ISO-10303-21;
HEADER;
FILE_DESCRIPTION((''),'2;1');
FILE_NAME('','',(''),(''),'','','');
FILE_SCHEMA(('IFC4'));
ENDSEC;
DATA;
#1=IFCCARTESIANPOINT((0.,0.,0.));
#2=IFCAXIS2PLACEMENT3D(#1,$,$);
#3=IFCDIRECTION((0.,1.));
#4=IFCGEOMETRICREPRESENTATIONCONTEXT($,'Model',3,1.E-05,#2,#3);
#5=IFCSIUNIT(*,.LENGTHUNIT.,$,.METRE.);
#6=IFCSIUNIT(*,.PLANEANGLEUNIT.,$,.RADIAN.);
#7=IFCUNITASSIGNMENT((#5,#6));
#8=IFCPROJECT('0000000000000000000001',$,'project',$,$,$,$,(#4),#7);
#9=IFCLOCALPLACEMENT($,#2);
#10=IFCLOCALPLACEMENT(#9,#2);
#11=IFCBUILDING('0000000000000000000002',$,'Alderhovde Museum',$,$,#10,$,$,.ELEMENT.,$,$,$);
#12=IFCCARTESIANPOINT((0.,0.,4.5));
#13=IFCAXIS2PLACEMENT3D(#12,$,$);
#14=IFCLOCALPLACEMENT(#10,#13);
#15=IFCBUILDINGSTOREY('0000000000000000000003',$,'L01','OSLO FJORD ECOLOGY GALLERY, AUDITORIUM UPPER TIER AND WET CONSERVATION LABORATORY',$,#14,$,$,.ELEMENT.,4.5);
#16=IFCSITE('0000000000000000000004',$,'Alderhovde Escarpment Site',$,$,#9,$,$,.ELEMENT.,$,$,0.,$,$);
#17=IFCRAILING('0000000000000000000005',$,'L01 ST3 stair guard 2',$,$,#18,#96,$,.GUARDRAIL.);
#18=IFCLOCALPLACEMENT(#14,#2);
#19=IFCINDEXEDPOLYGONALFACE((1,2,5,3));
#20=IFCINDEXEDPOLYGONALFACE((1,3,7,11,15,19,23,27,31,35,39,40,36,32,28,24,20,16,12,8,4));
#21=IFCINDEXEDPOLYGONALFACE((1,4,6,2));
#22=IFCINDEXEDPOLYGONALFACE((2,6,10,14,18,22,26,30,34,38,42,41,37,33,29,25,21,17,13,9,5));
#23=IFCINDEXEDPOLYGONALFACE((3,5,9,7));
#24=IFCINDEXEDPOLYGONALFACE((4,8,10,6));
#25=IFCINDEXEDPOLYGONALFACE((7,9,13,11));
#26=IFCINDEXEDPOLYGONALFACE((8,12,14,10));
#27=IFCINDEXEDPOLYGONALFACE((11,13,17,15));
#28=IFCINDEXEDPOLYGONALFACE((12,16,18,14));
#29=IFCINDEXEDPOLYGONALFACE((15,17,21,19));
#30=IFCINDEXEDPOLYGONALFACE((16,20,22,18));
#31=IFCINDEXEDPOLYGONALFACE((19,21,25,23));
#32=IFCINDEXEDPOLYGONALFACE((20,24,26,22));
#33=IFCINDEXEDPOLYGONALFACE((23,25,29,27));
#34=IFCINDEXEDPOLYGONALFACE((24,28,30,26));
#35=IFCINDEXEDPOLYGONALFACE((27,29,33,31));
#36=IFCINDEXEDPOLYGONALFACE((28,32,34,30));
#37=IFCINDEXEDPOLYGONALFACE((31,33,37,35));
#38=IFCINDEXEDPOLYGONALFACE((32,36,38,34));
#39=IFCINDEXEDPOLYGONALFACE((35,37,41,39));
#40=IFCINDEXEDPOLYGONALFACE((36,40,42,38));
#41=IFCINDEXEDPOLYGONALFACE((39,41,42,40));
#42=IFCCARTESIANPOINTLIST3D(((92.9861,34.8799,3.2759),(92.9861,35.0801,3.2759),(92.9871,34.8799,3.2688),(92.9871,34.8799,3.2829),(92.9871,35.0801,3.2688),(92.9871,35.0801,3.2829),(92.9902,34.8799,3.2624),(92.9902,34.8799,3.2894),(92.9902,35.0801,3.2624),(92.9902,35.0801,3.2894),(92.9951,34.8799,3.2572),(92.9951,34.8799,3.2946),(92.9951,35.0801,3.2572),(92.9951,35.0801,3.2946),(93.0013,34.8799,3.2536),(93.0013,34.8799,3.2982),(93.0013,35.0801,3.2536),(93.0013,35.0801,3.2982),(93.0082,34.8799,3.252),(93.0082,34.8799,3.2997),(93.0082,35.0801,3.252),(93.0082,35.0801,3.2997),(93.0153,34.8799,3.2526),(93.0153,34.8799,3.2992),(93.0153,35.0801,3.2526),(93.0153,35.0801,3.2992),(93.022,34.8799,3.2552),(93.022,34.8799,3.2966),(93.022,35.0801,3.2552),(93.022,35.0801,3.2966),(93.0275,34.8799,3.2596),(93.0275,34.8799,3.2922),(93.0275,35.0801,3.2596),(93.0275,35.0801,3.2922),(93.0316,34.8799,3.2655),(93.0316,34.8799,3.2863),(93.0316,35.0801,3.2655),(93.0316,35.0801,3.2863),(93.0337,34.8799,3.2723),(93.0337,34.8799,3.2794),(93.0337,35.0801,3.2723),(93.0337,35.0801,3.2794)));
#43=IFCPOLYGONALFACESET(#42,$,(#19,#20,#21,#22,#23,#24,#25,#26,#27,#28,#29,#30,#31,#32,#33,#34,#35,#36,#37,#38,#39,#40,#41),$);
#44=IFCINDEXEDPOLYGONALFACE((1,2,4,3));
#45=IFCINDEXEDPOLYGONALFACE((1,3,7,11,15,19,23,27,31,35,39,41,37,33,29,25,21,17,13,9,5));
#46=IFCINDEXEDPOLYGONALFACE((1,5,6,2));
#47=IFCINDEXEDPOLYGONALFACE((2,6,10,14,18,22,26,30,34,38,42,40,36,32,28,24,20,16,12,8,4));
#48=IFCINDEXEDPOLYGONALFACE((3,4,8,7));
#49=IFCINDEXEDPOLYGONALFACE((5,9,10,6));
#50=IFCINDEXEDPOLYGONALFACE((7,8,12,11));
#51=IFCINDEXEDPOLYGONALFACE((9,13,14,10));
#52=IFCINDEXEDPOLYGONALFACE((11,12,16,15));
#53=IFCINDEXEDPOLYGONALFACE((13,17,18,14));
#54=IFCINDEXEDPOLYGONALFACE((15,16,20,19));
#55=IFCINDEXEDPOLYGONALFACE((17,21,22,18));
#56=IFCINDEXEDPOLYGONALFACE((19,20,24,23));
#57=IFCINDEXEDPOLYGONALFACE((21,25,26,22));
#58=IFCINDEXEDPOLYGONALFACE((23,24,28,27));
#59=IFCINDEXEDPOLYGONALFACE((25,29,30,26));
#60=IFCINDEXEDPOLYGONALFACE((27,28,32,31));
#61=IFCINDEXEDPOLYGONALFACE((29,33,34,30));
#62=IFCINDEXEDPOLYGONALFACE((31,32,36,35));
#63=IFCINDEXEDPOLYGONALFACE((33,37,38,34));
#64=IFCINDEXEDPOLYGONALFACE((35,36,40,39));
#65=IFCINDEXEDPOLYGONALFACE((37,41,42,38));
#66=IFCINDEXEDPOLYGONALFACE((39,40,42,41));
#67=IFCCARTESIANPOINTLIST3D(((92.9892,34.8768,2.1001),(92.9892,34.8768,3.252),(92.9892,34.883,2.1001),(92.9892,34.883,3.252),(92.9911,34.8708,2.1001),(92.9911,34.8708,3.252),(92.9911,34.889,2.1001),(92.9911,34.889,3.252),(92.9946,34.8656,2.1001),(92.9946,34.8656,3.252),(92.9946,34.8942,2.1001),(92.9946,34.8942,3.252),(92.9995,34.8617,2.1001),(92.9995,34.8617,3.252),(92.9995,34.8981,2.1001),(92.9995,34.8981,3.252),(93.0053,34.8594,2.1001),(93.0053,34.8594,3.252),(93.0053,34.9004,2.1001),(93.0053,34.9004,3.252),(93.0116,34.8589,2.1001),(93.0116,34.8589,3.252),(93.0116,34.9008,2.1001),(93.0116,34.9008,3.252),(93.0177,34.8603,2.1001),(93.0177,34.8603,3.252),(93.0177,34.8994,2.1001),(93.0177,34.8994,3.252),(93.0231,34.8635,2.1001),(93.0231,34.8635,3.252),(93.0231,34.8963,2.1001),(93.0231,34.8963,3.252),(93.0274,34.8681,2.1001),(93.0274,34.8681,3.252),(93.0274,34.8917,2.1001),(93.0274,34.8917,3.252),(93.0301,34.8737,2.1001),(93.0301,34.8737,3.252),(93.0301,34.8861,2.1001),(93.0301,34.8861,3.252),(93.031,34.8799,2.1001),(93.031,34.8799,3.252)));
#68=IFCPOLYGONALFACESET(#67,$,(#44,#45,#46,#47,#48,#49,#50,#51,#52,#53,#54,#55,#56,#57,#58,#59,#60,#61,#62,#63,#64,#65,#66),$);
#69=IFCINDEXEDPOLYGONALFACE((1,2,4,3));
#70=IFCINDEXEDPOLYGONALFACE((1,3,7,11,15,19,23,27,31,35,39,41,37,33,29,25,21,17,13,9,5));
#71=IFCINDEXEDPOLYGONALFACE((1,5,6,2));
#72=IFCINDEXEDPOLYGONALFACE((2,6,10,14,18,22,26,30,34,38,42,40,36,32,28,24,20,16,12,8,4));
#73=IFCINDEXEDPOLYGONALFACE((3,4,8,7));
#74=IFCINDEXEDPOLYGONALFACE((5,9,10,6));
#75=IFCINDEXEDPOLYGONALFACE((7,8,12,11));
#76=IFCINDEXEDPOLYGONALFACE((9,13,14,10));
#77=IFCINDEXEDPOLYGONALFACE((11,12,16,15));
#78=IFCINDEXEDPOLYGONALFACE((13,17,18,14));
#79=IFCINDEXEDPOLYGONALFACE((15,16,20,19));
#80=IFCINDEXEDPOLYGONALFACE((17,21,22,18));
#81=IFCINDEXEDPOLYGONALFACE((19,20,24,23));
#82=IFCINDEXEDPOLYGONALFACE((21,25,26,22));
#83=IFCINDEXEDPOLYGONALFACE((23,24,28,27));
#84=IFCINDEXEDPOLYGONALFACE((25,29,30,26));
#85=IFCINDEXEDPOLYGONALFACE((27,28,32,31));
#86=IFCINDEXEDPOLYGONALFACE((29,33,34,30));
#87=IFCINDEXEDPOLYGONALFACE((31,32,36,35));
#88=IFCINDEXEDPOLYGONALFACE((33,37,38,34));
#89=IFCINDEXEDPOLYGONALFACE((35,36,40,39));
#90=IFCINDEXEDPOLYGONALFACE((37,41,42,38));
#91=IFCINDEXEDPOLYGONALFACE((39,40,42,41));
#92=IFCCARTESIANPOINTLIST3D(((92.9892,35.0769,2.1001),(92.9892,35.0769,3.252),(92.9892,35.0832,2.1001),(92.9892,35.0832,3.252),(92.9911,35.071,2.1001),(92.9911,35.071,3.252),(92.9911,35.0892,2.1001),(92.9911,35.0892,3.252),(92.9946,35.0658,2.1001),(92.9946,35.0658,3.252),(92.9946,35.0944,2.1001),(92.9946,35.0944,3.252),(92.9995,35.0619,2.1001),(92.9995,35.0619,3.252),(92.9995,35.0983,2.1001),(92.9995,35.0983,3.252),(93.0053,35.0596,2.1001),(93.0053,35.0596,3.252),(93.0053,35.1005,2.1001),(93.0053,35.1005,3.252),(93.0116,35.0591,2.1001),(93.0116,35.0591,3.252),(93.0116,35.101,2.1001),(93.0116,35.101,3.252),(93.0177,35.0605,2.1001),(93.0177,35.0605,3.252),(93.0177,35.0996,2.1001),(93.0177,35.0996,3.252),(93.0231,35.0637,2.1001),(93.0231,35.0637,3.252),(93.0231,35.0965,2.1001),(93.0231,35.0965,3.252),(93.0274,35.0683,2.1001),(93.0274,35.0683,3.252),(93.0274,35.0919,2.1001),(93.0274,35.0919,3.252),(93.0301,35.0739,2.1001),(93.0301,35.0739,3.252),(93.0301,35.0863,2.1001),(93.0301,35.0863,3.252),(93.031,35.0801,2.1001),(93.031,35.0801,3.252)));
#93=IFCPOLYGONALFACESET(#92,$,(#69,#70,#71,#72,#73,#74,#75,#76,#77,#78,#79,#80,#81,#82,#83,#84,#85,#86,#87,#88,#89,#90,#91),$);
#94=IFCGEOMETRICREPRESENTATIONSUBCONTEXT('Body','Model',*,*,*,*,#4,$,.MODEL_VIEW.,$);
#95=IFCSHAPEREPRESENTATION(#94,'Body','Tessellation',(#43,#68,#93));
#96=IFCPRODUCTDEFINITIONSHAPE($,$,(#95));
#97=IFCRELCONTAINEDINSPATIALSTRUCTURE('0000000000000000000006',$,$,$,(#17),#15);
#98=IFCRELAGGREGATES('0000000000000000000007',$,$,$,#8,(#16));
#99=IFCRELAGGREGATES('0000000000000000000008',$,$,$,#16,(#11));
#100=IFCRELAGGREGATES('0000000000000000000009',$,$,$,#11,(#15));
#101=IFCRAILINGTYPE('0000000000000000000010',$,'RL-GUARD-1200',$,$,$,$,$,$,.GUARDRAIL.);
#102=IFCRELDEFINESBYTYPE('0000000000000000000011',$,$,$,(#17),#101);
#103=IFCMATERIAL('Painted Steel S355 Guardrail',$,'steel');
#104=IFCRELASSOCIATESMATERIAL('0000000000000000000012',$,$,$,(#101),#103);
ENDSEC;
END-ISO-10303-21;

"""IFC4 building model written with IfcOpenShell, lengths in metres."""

from ifc_helpers import new_model, si_unit, direction, frame, origin, origin_2d, place, context, subcontext, project, spatial, circle, extrude, material, type_object, element, save


model = new_model("IFC4")

# Units and contexts
model_context = context("Model", 3, precision=1e-05, world=origin(), true_north=direction((0.0, 1.0)))
body_context = subcontext(model_context, "Body", "Model", "MODEL_VIEW")
ifc_project = project(units=[si_unit("LENGTHUNIT", "METRE"), si_unit("PLANEANGLEUNIT", "RADIAN")], contexts=[model_context])

# Site, building, storey
site_placement = place(None, origin())
site = spatial("IfcSite", under=ifc_project, at=site_placement, Name="Alderhovde Escarpment Site", CompositionType="ELEMENT", RefElevation=0.0)
building_placement = place(site_placement, origin())
building = spatial("IfcBuilding", under=site, at=building_placement, Name="Alderhovde Museum", CompositionType="ELEMENT")
storey_placement = place(building_placement, frame((0.0, 0.0, 4.5)))
storey = spatial("IfcBuildingStorey", under=building, at=storey_placement, Name="L01", Description="OSLO FJORD ECOLOGY GALLERY, AUDITORIUM UPPER TIER AND WET CONSERVATION LABORATORY", CompositionType="ELEMENT", Elevation=4.5)

# Railing
ifc_material_1 = material(Name="Painted Steel S355 Guardrail", Category="steel")
railing_type_1 = type_object("IfcRailingType", Name="RL-GUARD-1200", PredefinedType="GUARDRAIL", material=ifc_material_1)
railing_1_placement = place(storey_placement, frame((93.01, 34.8799, 2.1001)))
element("IfcRailing", 1, at=railing_1_placement, inside=storey, type_object=railing_type_1, Name="L01 ST3 stair guard 2", PredefinedType="GUARDRAIL", context=body_context, shape_type="SweptSolid", body=[
    extrude(circle(Radius=0.0239, at=origin_2d()), frame((0.0, 0.0, 1.1758), z_axis=(0.0, 1.0, 0.0), x_axis=(-1.0, 0.0, 0.0)), (0.0, 0.0, 1.0), 0.2002),
    extrude(circle(Radius=0.021, at=origin_2d()), origin(), (0.0, 0.0, 1.0), 1.1519),
    extrude(circle(Radius=0.021, at=origin_2d()), frame((0.0, 0.2002, 0.0)), (0.0, 0.0, 1.0), 1.1519),
])

save(model, "model.ifc")
